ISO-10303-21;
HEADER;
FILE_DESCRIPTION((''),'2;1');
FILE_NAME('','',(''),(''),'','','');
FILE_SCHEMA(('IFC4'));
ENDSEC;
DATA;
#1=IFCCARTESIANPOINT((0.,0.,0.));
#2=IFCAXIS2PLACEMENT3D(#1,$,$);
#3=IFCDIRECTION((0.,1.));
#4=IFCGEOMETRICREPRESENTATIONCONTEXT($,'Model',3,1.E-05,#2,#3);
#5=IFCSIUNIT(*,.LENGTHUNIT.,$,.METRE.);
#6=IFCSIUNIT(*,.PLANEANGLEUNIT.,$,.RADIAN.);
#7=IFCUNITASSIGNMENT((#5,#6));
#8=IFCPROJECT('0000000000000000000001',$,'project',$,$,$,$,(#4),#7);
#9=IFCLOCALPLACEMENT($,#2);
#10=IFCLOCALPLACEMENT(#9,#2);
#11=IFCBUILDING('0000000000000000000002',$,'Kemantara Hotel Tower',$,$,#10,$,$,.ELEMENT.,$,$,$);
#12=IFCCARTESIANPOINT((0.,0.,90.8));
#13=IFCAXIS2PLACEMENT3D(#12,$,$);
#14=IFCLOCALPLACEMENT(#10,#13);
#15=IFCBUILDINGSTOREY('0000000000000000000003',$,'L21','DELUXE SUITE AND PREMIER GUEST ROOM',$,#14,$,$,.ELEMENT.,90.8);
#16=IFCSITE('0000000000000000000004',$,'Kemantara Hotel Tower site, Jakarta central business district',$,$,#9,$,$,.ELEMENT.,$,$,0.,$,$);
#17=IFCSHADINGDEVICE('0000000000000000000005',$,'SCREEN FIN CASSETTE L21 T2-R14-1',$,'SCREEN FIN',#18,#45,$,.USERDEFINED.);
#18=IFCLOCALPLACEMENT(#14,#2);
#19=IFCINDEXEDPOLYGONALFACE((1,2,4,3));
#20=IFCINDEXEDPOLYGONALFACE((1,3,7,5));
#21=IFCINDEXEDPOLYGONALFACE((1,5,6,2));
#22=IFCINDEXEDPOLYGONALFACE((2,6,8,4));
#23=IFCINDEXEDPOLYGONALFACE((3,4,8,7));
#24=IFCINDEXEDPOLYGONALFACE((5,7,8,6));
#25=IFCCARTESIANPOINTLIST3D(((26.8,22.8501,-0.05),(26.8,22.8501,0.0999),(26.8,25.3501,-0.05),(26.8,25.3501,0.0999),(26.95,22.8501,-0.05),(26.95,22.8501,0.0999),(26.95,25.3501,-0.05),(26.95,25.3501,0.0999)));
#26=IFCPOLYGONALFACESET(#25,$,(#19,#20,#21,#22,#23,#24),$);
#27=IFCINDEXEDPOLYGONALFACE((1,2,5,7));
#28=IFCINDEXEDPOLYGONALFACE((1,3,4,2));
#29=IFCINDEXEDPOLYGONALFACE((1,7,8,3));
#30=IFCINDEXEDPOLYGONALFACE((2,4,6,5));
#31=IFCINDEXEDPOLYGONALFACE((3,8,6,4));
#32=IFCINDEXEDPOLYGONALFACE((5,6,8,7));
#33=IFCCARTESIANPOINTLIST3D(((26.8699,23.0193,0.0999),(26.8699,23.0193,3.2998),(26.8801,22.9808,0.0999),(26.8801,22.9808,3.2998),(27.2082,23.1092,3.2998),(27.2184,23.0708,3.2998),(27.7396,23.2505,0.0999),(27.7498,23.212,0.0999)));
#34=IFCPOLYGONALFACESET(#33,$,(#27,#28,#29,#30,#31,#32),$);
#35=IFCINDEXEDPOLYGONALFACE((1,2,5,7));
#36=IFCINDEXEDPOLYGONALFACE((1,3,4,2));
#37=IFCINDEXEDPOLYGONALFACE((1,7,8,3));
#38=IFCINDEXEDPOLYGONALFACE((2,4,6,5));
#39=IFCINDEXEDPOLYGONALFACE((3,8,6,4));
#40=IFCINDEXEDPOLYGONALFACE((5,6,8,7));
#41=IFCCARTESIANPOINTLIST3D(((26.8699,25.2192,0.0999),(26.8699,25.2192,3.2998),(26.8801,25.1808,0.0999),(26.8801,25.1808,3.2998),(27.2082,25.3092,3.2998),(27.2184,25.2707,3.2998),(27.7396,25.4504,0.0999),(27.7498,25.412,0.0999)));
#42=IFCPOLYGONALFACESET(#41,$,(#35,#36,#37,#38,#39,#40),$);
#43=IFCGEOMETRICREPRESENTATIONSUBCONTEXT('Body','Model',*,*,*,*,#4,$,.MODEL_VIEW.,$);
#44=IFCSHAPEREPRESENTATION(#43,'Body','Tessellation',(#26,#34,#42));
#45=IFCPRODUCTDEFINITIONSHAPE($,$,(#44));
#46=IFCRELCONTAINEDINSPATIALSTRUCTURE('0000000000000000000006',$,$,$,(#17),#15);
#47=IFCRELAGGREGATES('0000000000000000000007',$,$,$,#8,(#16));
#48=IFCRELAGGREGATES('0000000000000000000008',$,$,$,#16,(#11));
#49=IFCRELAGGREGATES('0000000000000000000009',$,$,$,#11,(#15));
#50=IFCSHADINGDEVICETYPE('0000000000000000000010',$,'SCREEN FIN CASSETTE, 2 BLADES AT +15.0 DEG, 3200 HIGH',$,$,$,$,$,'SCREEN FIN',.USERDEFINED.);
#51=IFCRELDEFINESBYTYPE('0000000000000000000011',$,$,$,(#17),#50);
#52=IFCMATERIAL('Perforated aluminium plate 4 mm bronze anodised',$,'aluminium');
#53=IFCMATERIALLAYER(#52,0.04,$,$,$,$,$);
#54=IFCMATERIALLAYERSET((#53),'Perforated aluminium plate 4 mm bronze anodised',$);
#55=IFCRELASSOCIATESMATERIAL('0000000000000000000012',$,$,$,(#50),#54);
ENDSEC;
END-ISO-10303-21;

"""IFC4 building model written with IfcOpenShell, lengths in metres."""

from ifc_helpers import new_model, si_unit, direction, frame, origin, origin_2d, place, context, subcontext, project, spatial, polyline, rectangle, outline, extrude, source, transform, mapped, material, layer, layer_set, type_object, element, save


model = new_model("IFC4")

# Units and contexts
model_context = context("Model", 3, precision=1e-05, world=origin(), true_north=direction((0.0, 1.0)))
body_context = subcontext(model_context, "Body", "Model", "MODEL_VIEW")
ifc_project = project(units=[si_unit("LENGTHUNIT", "METRE"), si_unit("PLANEANGLEUNIT", "RADIAN")], contexts=[model_context])

# Site, building, storey
site_placement = place(None, origin())
site = spatial("IfcSite", under=ifc_project, at=site_placement, Name="Kemantara Hotel Tower site, Jakarta central business district", CompositionType="ELEMENT", RefElevation=0.0)
building_placement = place(site_placement, origin())
building = spatial("IfcBuilding", under=site, at=building_placement, Name="Kemantara Hotel Tower", CompositionType="ELEMENT")
storey_placement = place(building_placement, frame((0.0, 0.0, 90.8)))
storey = spatial("IfcBuildingStorey", under=building, at=storey_placement, Name="L21", Description="DELUXE SUITE AND PREMIER GUEST ROOM", CompositionType="ELEMENT", Elevation=90.8)

# Shading device
ifc_material_1 = material(Name="Perforated aluminium plate 4 mm bronze anodised", Category="aluminium")
ifc_layer_1 = layer(ifc_material_1, 0.04)
ifc_layer_set_1 = layer_set([ifc_layer_1], Name="Perforated aluminium plate 4 mm bronze anodised")
shading_device_type_1 = type_object("IfcShadingDeviceType", Name="SCREEN FIN CASSETTE, 2 BLADES AT +15.0 DEG, 3200 HIGH", ElementType="SCREEN FIN", PredefinedType="USERDEFINED", material=ifc_layer_set_1)
shared_shape_1 = source(origin(), body_context, "Body", "SweptSolid", [
    extrude(rectangle(XDim=2.5, YDim=0.1499, at=origin_2d()), frame((1.1001, -0.075, -0.1499), z_axis=(0.0, 0.0, 1.0), x_axis=(1.0, 0.0, 0.0)), (0.0, 0.0, 1.0), 0.1499),
    extrude(outline(polyline([(0.0, 0.0), (0.8999, 0.0), (0.3501, 3.2), (0.0, 3.2), (0.0, 0.0)])), frame((0.0193, -0.0698, 0.0), z_axis=(-0.966438, -0.256901, 0.0), x_axis=(0.256901, -0.966438, 0.0)), (0.0, 0.0, 1.0), 0.0398),
    extrude(outline(polyline([(0.0, 0.0), (0.8999, 0.0), (0.3501, 3.2), (0.0, 3.2), (0.0, 0.0)])), frame((2.2192, -0.0698, 0.0), z_axis=(-0.966438, -0.256901, 0.0), x_axis=(0.256901, -0.966438, 0.0)), (0.0, 0.0, 1.0), 0.0398),
])
shading_device_1_placement = place(storey_placement, frame((26.8, 23.0, 0.0999), z_axis=(0.0, 0.0, 1.0), x_axis=(0.0, 1.0, 0.0)))
element("IfcShadingDevice", 1, at=shading_device_1_placement, inside=storey, type_object=shading_device_type_1, Name="SCREEN FIN CASSETTE L21 T2-R14-1", ObjectType="SCREEN FIN", PredefinedType="USERDEFINED", context=body_context, shape_type="MappedRepresentation", body=[
    mapped(shared_shape_1, transform((0.0, 0.0, 0.0))),
])

save(model, "model.ifc")
